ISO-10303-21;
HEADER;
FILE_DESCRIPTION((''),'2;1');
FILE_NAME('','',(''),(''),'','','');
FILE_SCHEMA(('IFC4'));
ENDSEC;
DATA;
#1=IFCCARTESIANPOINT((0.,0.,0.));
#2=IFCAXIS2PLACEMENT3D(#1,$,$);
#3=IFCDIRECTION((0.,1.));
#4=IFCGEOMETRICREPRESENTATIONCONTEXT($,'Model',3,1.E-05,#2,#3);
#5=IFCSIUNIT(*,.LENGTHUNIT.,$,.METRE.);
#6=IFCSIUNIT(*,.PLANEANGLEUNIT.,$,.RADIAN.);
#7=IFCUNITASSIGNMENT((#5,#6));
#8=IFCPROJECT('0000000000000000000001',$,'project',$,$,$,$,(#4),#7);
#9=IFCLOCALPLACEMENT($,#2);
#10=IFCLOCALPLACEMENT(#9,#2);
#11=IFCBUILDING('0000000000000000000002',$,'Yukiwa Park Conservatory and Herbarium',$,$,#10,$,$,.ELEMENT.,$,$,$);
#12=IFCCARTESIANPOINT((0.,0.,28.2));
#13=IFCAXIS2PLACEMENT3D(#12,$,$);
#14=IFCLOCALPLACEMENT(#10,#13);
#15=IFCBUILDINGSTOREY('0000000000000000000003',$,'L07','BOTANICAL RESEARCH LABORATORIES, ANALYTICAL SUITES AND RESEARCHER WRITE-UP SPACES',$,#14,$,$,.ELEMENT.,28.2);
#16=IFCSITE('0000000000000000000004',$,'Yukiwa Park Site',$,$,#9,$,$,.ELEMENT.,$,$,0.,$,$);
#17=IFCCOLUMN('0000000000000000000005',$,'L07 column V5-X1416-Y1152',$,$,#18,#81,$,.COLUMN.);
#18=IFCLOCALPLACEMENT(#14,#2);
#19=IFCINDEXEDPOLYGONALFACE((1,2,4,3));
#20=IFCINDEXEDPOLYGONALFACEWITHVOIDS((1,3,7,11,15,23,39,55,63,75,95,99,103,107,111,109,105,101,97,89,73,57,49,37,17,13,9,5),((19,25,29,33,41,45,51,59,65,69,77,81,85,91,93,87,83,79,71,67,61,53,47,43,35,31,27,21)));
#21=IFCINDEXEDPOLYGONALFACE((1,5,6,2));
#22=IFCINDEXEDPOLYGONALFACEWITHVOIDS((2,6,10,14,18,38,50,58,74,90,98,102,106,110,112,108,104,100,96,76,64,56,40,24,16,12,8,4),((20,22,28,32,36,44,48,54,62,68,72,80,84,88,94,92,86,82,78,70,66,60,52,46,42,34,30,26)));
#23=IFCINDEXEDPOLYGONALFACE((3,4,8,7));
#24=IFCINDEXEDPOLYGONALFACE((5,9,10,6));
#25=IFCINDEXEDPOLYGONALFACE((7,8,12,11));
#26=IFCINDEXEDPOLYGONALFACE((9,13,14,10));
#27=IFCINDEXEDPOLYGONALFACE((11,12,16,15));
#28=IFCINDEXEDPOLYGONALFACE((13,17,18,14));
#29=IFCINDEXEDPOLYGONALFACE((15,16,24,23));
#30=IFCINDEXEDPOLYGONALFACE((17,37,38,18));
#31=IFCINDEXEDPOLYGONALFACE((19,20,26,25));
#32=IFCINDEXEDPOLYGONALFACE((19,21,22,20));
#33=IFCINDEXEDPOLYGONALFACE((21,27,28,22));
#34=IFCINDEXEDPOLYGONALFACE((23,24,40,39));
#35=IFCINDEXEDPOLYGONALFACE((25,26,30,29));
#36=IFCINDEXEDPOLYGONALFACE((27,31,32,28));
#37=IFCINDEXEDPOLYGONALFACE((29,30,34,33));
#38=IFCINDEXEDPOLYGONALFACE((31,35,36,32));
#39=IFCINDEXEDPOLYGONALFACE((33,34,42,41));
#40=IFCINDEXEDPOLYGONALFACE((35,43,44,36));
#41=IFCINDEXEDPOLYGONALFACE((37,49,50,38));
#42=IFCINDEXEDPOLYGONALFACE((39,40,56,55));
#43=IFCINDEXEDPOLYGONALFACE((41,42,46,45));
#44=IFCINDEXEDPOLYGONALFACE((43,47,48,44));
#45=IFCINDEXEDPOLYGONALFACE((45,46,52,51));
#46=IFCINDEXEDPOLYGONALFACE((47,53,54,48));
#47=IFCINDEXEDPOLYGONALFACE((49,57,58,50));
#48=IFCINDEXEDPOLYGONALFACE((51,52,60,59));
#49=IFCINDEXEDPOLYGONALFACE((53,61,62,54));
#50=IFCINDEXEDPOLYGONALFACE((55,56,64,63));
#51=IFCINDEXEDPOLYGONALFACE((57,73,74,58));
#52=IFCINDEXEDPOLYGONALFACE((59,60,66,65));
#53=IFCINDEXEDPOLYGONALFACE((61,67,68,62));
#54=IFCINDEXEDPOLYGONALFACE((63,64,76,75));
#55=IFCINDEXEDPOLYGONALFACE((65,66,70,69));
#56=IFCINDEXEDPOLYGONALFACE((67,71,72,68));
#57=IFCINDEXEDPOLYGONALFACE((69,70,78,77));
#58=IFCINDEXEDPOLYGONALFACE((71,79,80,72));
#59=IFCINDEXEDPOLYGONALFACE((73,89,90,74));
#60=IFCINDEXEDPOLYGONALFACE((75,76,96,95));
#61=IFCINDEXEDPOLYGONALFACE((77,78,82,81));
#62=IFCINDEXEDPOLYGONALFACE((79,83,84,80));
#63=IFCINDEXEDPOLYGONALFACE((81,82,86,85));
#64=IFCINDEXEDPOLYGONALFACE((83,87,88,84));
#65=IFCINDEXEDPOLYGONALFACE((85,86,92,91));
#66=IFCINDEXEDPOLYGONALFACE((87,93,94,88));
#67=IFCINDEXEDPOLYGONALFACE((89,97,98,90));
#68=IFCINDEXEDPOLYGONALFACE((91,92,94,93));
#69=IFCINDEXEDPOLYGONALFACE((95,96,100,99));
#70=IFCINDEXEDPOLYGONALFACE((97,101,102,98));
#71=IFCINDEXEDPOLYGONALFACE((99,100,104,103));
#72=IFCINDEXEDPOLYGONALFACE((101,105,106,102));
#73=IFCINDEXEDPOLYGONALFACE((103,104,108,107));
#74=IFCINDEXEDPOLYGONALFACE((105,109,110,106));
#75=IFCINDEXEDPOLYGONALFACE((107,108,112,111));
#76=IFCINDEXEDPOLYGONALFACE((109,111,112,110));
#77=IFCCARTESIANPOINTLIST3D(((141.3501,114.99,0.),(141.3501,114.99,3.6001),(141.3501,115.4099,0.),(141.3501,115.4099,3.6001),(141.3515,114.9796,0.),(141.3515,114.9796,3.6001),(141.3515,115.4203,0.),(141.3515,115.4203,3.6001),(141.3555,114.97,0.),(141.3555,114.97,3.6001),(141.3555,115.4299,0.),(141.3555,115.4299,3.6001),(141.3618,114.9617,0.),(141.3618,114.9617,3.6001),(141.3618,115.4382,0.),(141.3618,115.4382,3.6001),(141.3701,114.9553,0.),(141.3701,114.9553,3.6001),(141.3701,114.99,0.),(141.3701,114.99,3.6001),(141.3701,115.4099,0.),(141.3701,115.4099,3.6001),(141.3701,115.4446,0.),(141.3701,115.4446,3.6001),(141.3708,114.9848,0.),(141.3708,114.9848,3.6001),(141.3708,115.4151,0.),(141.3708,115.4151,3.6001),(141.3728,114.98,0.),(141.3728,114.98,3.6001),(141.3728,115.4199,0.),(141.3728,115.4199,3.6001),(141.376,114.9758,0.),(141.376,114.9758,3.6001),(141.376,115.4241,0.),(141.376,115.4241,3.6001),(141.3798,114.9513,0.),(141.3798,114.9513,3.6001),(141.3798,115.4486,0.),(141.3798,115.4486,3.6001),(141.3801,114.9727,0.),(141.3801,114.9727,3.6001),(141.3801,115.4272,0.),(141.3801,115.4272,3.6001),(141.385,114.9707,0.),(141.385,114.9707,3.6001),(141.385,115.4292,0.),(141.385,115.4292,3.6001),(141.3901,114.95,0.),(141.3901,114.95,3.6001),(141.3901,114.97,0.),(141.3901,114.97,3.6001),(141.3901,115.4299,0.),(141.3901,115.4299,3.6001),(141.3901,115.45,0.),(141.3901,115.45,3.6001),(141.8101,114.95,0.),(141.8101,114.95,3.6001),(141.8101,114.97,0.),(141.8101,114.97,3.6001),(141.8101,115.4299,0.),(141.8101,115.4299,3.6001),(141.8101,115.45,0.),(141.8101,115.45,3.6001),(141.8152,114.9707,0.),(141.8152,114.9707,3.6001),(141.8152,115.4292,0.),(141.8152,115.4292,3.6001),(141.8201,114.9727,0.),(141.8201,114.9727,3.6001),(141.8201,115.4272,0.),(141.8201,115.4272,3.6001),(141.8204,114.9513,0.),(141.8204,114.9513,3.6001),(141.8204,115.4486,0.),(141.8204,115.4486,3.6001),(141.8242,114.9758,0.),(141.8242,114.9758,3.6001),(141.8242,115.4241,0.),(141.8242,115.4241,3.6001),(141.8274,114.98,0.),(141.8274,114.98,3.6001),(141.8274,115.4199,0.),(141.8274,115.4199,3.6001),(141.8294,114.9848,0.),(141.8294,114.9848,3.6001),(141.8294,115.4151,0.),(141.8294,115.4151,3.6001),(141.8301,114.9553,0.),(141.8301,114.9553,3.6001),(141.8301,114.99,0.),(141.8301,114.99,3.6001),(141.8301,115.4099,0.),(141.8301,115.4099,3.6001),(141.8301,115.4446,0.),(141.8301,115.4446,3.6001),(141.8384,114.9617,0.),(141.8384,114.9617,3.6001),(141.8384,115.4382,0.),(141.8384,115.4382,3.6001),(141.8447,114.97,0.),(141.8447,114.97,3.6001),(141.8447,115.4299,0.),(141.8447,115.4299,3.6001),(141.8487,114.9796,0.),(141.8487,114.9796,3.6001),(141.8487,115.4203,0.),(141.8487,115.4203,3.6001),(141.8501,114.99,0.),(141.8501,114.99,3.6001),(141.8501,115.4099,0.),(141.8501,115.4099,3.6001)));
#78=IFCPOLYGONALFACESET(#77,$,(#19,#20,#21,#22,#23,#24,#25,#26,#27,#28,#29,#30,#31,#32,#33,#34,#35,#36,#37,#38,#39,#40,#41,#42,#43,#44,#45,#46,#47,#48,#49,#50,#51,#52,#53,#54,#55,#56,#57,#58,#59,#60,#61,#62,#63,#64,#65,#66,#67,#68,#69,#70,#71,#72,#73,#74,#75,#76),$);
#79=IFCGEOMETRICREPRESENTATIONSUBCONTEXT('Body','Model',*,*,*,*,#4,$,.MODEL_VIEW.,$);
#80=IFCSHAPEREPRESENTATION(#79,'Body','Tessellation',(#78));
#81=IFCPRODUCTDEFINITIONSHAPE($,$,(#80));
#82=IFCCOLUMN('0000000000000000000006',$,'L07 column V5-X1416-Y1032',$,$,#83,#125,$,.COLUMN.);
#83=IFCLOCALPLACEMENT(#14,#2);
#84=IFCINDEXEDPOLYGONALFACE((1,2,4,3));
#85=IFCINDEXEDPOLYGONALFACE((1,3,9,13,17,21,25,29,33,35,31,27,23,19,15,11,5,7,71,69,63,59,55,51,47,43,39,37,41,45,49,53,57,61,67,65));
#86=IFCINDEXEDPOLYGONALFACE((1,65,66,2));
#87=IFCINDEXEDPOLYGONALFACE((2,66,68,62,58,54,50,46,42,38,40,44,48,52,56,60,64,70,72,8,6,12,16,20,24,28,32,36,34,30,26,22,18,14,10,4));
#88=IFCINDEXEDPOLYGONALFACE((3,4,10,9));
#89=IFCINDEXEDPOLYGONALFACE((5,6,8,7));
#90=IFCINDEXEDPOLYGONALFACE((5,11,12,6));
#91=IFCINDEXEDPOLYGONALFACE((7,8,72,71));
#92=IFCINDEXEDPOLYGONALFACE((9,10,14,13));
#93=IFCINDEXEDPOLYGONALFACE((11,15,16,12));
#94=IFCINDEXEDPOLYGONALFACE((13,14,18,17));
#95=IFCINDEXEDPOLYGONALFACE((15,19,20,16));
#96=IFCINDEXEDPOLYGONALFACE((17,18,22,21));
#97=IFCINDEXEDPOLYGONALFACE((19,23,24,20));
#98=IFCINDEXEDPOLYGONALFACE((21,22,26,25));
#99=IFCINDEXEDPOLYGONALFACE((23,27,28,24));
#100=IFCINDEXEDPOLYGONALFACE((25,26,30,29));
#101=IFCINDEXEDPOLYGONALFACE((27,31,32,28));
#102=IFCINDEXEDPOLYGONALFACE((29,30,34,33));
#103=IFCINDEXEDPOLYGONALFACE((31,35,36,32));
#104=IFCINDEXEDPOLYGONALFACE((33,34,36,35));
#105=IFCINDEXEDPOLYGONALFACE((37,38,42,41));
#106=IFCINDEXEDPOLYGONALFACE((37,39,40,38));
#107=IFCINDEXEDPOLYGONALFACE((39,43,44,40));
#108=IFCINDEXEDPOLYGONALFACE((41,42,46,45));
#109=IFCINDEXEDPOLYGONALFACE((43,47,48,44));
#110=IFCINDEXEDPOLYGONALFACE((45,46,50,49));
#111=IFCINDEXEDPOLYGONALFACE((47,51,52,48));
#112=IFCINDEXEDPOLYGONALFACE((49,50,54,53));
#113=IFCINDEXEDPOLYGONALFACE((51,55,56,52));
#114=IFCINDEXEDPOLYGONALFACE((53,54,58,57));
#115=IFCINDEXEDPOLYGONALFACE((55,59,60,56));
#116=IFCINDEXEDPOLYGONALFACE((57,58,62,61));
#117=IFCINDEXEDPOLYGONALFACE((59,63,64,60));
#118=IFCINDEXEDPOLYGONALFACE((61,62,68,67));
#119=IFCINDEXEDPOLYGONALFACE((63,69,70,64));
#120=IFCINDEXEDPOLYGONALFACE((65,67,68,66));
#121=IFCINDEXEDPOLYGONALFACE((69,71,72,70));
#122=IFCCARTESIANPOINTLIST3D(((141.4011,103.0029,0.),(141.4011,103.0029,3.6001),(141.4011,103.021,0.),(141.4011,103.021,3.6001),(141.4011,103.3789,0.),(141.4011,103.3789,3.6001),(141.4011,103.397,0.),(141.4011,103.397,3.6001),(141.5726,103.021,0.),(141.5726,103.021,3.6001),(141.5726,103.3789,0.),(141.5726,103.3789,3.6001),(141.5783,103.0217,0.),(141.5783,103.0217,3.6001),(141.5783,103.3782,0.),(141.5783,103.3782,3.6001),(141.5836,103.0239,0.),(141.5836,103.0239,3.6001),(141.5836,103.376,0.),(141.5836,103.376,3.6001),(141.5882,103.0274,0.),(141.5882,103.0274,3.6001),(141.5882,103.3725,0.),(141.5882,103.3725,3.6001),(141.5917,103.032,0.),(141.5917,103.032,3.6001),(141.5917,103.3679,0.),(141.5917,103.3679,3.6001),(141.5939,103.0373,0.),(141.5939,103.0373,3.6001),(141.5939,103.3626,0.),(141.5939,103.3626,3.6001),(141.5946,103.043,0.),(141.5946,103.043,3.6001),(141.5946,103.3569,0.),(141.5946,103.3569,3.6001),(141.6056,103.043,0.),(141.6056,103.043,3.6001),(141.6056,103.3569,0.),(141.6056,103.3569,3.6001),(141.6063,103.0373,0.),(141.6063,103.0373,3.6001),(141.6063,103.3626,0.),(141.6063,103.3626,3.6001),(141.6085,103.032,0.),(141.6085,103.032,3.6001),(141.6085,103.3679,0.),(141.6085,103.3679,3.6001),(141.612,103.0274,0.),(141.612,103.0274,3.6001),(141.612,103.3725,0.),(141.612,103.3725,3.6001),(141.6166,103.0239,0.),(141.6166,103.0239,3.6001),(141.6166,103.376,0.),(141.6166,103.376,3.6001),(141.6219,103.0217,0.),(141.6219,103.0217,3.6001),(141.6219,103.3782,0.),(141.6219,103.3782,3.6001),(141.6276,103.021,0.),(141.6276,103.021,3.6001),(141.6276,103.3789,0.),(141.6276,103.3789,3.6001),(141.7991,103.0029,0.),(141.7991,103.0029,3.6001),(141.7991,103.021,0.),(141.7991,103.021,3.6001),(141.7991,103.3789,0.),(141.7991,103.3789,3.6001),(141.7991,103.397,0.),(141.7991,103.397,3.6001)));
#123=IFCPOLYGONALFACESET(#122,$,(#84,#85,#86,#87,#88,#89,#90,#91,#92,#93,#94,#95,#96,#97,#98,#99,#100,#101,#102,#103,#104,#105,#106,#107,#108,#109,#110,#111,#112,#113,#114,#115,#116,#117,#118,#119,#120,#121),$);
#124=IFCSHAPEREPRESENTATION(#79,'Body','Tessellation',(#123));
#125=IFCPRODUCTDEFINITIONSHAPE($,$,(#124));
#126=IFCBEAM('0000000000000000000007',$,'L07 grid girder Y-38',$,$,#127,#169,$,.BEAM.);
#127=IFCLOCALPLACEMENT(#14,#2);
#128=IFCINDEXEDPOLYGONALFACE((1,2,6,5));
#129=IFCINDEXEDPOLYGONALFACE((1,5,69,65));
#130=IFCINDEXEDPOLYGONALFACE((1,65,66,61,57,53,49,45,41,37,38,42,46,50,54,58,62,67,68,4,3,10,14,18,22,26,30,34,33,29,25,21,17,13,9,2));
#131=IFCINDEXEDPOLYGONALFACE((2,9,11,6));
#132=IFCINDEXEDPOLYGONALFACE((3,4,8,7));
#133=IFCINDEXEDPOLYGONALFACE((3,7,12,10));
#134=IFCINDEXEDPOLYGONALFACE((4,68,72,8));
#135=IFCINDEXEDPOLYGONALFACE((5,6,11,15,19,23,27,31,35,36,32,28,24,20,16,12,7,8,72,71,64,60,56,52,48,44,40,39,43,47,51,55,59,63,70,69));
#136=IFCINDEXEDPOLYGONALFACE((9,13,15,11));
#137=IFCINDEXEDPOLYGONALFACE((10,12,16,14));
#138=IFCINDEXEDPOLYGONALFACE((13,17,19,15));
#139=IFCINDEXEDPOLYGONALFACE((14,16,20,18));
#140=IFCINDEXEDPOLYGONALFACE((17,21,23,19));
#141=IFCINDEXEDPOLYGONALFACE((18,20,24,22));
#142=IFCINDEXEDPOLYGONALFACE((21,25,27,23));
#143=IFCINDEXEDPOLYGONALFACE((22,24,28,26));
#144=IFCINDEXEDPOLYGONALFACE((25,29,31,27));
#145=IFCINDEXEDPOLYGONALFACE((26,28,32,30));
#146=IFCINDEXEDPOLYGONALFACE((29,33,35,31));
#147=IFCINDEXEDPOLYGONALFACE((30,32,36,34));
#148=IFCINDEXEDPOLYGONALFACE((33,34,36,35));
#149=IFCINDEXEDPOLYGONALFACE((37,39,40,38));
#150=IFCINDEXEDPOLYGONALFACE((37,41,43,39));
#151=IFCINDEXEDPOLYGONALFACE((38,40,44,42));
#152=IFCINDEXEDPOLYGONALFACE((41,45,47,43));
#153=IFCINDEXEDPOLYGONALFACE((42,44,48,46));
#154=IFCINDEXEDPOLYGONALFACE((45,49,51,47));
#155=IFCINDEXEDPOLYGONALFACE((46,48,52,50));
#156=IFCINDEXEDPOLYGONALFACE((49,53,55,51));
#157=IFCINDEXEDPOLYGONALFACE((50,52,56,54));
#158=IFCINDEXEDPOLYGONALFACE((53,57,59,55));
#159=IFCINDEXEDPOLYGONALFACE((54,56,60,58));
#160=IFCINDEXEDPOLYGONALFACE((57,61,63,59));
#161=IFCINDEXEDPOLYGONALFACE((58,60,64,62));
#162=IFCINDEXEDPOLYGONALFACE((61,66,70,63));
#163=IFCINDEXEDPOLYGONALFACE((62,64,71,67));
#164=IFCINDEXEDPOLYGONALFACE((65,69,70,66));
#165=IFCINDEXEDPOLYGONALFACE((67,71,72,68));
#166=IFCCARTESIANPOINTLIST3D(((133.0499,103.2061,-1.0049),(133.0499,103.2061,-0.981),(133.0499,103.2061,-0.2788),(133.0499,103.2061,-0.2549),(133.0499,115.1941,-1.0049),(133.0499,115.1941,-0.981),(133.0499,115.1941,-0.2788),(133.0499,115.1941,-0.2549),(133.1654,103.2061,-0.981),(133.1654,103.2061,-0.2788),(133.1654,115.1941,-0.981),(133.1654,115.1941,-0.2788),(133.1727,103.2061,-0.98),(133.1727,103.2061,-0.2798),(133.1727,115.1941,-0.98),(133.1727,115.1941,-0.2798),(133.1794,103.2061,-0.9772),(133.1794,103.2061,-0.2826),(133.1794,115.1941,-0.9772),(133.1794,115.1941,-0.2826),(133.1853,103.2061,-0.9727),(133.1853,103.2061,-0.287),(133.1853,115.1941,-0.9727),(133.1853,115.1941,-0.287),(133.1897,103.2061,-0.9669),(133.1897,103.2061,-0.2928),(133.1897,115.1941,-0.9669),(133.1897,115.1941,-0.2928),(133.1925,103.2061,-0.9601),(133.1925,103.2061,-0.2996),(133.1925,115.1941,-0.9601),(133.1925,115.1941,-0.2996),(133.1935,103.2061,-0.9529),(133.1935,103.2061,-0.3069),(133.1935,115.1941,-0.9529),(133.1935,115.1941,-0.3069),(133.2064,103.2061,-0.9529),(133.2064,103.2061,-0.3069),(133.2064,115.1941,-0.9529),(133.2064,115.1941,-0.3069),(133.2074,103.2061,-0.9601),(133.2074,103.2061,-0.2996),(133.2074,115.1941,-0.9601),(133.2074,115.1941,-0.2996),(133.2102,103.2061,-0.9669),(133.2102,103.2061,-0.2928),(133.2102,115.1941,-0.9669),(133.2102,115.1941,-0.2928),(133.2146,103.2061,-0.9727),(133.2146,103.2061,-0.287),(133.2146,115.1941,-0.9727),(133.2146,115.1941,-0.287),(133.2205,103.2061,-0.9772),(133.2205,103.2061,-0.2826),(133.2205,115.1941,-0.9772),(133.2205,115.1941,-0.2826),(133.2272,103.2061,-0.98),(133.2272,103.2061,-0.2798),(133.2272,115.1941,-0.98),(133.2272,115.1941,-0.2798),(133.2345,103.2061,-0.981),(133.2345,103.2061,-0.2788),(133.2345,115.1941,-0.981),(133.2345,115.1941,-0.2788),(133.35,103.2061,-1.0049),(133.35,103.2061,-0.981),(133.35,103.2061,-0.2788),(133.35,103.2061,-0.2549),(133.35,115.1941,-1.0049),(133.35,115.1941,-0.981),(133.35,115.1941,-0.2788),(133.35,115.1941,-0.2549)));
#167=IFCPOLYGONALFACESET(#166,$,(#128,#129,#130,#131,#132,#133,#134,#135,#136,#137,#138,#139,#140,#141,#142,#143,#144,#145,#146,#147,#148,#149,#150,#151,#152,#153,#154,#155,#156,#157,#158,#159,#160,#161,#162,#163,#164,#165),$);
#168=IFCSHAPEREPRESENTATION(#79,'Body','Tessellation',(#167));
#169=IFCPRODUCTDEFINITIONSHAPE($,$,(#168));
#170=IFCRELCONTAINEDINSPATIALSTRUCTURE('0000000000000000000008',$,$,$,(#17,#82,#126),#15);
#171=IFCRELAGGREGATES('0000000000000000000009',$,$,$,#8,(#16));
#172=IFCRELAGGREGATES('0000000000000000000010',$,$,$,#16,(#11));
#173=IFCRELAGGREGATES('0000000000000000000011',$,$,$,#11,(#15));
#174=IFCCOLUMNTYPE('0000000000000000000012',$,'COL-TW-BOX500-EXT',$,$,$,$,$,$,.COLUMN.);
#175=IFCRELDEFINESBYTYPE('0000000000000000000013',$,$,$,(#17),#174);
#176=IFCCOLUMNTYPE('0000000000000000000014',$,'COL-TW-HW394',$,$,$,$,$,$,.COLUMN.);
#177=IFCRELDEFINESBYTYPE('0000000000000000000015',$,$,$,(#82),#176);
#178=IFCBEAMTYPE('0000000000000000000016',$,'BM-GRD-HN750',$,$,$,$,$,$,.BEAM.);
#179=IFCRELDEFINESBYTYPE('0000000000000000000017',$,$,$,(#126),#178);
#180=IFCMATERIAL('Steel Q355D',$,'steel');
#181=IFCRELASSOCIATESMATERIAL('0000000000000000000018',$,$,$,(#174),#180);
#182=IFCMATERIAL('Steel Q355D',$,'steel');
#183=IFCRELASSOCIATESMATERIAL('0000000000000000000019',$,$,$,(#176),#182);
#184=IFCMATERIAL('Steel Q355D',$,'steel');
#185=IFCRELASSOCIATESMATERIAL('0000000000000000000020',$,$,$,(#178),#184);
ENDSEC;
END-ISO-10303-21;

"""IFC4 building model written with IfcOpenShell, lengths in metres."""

from ifc_helpers import new_model, si_unit, direction, frame, origin, origin_2d, place, context, subcontext, project, spatial, hollow_rectangle, i_section, extrude, material, material_profile, profile_set, type_object, element, save


model = new_model("IFC4")

# Units and contexts
model_context = context("Model", 3, precision=1e-05, world=origin(), true_north=direction((0.0, 1.0)))
body_context = subcontext(model_context, "Body", "Model", "MODEL_VIEW")
ifc_project = project(units=[si_unit("LENGTHUNIT", "METRE"), si_unit("PLANEANGLEUNIT", "RADIAN")], contexts=[model_context])

# Site, building, storey
site_placement = place(None, origin())
site = spatial("IfcSite", under=ifc_project, at=site_placement, Name="Yukiwa Park Site", CompositionType="ELEMENT", RefElevation=0.0)
building_placement = place(site_placement, origin())
building = spatial("IfcBuilding", under=site, at=building_placement, Name="Yukiwa Park Conservatory and Herbarium", CompositionType="ELEMENT")
storey_placement = place(building_placement, frame((0.0, 0.0, 28.2)))
storey = spatial("IfcBuildingStorey", under=building, at=storey_placement, Name="L07", Description="BOTANICAL RESEARCH LABORATORIES, ANALYTICAL SUITES AND RESEARCHER WRITE-UP SPACES", CompositionType="ELEMENT", Elevation=28.2)

# Columns
ifc_material_1 = material(Name="Steel Q355D", Category="steel")
ifc_material_profile_1 = material_profile(ifc_material_1, hollow_rectangle(XDim=0.5, YDim=0.5, WallThickness=0.02, InnerFilletRadius=0.02, OuterFilletRadius=0.04, at=origin_2d()), Name="BOX 500x500x20")
ifc_profile_set_1 = profile_set([ifc_material_profile_1], Name="Steel Q355D")
column_type_1 = type_object("IfcColumnType", Name="COL-TW-BOX500-EXT", PredefinedType="COLUMN", material=ifc_profile_set_1)
column_1_placement = place(storey_placement, frame((141.6001, 115.2, 0.0), z_axis=(0.0, 0.0, 1.0), x_axis=(1.0, 0.0, 0.0)))
element("IfcColumn", 1, at=column_1_placement, inside=storey, type_object=column_type_1, Name="L07 column V5-X1416-Y1152", PredefinedType="COLUMN", context=body_context, shape_type="SweptSolid", body=[
    extrude(hollow_rectangle(XDim=0.5, YDim=0.5, WallThickness=0.02, InnerFilletRadius=0.02, OuterFilletRadius=0.04, at=origin_2d()), origin(), (0.0, 0.0, 1.0), 3.6001),
])
ifc_material_2 = material(Name="Steel Q355D", Category="steel")
ifc_material_profile_2 = material_profile(ifc_material_2, i_section(OverallWidth=0.3979, OverallDepth=0.394, WebThickness=0.011, FlangeThickness=0.0181, FilletRadius=0.022, at=origin_2d()), Name="HW 394x398x11x18")
ifc_profile_set_2 = profile_set([ifc_material_profile_2], Name="Steel Q355D")
column_type_2 = type_object("IfcColumnType", Name="COL-TW-HW394", PredefinedType="COLUMN", material=ifc_profile_set_2)
column_2_placement = place(storey_placement, frame((141.6001, 103.2, 0.0), z_axis=(0.0, 0.0, 1.0), x_axis=(1.0, 0.0, 0.0)))
element("IfcColumn", 2, at=column_2_placement, inside=storey, type_object=column_type_2, Name="L07 column V5-X1416-Y1032", PredefinedType="COLUMN", context=body_context, shape_type="SweptSolid", body=[
    extrude(i_section(OverallWidth=0.3979, OverallDepth=0.394, WebThickness=0.011, FlangeThickness=0.0181, FilletRadius=0.022, at=origin_2d()), origin(), (0.0, 0.0, 1.0), 3.6001),
])

# Beam
ifc_material_3 = material(Name="Steel Q355D", Category="steel")
ifc_material_profile_3 = material_profile(ifc_material_3, i_section(OverallWidth=0.3, OverallDepth=0.75, WebThickness=0.0129, FlangeThickness=0.0239, FilletRadius=0.0281, at=origin_2d()), Name="HN 750x300x13x24")
ifc_profile_set_3 = profile_set([ifc_material_profile_3], Name="Steel Q355D")
beam_type_1 = type_object("IfcBeamType", Name="BM-GRD-HN750", PredefinedType="BEAM", material=ifc_profile_set_3)
for number, where, z_axis, x_axis, name in (
    (3, (133.2, 103.2061, -0.6299), (0.0, 1.0, 0.0), (-1.0, 0.0, 0.0), "L07 grid girder Y-38"),
):
    element("IfcBeam", number, at=place(storey_placement, frame(where, z_axis=z_axis, x_axis=x_axis)), inside=storey, type_object=beam_type_1, Name=name, PredefinedType="BEAM", context=body_context, shape_type="SweptSolid", body=[
        extrude(i_section(OverallWidth=0.3, OverallDepth=0.75, WebThickness=0.0129, FlangeThickness=0.0239, FilletRadius=0.0281, at=origin_2d()), origin(), (0.0, 0.0, 1.0), 11.988),
    ])

save(model, "model.ifc")
